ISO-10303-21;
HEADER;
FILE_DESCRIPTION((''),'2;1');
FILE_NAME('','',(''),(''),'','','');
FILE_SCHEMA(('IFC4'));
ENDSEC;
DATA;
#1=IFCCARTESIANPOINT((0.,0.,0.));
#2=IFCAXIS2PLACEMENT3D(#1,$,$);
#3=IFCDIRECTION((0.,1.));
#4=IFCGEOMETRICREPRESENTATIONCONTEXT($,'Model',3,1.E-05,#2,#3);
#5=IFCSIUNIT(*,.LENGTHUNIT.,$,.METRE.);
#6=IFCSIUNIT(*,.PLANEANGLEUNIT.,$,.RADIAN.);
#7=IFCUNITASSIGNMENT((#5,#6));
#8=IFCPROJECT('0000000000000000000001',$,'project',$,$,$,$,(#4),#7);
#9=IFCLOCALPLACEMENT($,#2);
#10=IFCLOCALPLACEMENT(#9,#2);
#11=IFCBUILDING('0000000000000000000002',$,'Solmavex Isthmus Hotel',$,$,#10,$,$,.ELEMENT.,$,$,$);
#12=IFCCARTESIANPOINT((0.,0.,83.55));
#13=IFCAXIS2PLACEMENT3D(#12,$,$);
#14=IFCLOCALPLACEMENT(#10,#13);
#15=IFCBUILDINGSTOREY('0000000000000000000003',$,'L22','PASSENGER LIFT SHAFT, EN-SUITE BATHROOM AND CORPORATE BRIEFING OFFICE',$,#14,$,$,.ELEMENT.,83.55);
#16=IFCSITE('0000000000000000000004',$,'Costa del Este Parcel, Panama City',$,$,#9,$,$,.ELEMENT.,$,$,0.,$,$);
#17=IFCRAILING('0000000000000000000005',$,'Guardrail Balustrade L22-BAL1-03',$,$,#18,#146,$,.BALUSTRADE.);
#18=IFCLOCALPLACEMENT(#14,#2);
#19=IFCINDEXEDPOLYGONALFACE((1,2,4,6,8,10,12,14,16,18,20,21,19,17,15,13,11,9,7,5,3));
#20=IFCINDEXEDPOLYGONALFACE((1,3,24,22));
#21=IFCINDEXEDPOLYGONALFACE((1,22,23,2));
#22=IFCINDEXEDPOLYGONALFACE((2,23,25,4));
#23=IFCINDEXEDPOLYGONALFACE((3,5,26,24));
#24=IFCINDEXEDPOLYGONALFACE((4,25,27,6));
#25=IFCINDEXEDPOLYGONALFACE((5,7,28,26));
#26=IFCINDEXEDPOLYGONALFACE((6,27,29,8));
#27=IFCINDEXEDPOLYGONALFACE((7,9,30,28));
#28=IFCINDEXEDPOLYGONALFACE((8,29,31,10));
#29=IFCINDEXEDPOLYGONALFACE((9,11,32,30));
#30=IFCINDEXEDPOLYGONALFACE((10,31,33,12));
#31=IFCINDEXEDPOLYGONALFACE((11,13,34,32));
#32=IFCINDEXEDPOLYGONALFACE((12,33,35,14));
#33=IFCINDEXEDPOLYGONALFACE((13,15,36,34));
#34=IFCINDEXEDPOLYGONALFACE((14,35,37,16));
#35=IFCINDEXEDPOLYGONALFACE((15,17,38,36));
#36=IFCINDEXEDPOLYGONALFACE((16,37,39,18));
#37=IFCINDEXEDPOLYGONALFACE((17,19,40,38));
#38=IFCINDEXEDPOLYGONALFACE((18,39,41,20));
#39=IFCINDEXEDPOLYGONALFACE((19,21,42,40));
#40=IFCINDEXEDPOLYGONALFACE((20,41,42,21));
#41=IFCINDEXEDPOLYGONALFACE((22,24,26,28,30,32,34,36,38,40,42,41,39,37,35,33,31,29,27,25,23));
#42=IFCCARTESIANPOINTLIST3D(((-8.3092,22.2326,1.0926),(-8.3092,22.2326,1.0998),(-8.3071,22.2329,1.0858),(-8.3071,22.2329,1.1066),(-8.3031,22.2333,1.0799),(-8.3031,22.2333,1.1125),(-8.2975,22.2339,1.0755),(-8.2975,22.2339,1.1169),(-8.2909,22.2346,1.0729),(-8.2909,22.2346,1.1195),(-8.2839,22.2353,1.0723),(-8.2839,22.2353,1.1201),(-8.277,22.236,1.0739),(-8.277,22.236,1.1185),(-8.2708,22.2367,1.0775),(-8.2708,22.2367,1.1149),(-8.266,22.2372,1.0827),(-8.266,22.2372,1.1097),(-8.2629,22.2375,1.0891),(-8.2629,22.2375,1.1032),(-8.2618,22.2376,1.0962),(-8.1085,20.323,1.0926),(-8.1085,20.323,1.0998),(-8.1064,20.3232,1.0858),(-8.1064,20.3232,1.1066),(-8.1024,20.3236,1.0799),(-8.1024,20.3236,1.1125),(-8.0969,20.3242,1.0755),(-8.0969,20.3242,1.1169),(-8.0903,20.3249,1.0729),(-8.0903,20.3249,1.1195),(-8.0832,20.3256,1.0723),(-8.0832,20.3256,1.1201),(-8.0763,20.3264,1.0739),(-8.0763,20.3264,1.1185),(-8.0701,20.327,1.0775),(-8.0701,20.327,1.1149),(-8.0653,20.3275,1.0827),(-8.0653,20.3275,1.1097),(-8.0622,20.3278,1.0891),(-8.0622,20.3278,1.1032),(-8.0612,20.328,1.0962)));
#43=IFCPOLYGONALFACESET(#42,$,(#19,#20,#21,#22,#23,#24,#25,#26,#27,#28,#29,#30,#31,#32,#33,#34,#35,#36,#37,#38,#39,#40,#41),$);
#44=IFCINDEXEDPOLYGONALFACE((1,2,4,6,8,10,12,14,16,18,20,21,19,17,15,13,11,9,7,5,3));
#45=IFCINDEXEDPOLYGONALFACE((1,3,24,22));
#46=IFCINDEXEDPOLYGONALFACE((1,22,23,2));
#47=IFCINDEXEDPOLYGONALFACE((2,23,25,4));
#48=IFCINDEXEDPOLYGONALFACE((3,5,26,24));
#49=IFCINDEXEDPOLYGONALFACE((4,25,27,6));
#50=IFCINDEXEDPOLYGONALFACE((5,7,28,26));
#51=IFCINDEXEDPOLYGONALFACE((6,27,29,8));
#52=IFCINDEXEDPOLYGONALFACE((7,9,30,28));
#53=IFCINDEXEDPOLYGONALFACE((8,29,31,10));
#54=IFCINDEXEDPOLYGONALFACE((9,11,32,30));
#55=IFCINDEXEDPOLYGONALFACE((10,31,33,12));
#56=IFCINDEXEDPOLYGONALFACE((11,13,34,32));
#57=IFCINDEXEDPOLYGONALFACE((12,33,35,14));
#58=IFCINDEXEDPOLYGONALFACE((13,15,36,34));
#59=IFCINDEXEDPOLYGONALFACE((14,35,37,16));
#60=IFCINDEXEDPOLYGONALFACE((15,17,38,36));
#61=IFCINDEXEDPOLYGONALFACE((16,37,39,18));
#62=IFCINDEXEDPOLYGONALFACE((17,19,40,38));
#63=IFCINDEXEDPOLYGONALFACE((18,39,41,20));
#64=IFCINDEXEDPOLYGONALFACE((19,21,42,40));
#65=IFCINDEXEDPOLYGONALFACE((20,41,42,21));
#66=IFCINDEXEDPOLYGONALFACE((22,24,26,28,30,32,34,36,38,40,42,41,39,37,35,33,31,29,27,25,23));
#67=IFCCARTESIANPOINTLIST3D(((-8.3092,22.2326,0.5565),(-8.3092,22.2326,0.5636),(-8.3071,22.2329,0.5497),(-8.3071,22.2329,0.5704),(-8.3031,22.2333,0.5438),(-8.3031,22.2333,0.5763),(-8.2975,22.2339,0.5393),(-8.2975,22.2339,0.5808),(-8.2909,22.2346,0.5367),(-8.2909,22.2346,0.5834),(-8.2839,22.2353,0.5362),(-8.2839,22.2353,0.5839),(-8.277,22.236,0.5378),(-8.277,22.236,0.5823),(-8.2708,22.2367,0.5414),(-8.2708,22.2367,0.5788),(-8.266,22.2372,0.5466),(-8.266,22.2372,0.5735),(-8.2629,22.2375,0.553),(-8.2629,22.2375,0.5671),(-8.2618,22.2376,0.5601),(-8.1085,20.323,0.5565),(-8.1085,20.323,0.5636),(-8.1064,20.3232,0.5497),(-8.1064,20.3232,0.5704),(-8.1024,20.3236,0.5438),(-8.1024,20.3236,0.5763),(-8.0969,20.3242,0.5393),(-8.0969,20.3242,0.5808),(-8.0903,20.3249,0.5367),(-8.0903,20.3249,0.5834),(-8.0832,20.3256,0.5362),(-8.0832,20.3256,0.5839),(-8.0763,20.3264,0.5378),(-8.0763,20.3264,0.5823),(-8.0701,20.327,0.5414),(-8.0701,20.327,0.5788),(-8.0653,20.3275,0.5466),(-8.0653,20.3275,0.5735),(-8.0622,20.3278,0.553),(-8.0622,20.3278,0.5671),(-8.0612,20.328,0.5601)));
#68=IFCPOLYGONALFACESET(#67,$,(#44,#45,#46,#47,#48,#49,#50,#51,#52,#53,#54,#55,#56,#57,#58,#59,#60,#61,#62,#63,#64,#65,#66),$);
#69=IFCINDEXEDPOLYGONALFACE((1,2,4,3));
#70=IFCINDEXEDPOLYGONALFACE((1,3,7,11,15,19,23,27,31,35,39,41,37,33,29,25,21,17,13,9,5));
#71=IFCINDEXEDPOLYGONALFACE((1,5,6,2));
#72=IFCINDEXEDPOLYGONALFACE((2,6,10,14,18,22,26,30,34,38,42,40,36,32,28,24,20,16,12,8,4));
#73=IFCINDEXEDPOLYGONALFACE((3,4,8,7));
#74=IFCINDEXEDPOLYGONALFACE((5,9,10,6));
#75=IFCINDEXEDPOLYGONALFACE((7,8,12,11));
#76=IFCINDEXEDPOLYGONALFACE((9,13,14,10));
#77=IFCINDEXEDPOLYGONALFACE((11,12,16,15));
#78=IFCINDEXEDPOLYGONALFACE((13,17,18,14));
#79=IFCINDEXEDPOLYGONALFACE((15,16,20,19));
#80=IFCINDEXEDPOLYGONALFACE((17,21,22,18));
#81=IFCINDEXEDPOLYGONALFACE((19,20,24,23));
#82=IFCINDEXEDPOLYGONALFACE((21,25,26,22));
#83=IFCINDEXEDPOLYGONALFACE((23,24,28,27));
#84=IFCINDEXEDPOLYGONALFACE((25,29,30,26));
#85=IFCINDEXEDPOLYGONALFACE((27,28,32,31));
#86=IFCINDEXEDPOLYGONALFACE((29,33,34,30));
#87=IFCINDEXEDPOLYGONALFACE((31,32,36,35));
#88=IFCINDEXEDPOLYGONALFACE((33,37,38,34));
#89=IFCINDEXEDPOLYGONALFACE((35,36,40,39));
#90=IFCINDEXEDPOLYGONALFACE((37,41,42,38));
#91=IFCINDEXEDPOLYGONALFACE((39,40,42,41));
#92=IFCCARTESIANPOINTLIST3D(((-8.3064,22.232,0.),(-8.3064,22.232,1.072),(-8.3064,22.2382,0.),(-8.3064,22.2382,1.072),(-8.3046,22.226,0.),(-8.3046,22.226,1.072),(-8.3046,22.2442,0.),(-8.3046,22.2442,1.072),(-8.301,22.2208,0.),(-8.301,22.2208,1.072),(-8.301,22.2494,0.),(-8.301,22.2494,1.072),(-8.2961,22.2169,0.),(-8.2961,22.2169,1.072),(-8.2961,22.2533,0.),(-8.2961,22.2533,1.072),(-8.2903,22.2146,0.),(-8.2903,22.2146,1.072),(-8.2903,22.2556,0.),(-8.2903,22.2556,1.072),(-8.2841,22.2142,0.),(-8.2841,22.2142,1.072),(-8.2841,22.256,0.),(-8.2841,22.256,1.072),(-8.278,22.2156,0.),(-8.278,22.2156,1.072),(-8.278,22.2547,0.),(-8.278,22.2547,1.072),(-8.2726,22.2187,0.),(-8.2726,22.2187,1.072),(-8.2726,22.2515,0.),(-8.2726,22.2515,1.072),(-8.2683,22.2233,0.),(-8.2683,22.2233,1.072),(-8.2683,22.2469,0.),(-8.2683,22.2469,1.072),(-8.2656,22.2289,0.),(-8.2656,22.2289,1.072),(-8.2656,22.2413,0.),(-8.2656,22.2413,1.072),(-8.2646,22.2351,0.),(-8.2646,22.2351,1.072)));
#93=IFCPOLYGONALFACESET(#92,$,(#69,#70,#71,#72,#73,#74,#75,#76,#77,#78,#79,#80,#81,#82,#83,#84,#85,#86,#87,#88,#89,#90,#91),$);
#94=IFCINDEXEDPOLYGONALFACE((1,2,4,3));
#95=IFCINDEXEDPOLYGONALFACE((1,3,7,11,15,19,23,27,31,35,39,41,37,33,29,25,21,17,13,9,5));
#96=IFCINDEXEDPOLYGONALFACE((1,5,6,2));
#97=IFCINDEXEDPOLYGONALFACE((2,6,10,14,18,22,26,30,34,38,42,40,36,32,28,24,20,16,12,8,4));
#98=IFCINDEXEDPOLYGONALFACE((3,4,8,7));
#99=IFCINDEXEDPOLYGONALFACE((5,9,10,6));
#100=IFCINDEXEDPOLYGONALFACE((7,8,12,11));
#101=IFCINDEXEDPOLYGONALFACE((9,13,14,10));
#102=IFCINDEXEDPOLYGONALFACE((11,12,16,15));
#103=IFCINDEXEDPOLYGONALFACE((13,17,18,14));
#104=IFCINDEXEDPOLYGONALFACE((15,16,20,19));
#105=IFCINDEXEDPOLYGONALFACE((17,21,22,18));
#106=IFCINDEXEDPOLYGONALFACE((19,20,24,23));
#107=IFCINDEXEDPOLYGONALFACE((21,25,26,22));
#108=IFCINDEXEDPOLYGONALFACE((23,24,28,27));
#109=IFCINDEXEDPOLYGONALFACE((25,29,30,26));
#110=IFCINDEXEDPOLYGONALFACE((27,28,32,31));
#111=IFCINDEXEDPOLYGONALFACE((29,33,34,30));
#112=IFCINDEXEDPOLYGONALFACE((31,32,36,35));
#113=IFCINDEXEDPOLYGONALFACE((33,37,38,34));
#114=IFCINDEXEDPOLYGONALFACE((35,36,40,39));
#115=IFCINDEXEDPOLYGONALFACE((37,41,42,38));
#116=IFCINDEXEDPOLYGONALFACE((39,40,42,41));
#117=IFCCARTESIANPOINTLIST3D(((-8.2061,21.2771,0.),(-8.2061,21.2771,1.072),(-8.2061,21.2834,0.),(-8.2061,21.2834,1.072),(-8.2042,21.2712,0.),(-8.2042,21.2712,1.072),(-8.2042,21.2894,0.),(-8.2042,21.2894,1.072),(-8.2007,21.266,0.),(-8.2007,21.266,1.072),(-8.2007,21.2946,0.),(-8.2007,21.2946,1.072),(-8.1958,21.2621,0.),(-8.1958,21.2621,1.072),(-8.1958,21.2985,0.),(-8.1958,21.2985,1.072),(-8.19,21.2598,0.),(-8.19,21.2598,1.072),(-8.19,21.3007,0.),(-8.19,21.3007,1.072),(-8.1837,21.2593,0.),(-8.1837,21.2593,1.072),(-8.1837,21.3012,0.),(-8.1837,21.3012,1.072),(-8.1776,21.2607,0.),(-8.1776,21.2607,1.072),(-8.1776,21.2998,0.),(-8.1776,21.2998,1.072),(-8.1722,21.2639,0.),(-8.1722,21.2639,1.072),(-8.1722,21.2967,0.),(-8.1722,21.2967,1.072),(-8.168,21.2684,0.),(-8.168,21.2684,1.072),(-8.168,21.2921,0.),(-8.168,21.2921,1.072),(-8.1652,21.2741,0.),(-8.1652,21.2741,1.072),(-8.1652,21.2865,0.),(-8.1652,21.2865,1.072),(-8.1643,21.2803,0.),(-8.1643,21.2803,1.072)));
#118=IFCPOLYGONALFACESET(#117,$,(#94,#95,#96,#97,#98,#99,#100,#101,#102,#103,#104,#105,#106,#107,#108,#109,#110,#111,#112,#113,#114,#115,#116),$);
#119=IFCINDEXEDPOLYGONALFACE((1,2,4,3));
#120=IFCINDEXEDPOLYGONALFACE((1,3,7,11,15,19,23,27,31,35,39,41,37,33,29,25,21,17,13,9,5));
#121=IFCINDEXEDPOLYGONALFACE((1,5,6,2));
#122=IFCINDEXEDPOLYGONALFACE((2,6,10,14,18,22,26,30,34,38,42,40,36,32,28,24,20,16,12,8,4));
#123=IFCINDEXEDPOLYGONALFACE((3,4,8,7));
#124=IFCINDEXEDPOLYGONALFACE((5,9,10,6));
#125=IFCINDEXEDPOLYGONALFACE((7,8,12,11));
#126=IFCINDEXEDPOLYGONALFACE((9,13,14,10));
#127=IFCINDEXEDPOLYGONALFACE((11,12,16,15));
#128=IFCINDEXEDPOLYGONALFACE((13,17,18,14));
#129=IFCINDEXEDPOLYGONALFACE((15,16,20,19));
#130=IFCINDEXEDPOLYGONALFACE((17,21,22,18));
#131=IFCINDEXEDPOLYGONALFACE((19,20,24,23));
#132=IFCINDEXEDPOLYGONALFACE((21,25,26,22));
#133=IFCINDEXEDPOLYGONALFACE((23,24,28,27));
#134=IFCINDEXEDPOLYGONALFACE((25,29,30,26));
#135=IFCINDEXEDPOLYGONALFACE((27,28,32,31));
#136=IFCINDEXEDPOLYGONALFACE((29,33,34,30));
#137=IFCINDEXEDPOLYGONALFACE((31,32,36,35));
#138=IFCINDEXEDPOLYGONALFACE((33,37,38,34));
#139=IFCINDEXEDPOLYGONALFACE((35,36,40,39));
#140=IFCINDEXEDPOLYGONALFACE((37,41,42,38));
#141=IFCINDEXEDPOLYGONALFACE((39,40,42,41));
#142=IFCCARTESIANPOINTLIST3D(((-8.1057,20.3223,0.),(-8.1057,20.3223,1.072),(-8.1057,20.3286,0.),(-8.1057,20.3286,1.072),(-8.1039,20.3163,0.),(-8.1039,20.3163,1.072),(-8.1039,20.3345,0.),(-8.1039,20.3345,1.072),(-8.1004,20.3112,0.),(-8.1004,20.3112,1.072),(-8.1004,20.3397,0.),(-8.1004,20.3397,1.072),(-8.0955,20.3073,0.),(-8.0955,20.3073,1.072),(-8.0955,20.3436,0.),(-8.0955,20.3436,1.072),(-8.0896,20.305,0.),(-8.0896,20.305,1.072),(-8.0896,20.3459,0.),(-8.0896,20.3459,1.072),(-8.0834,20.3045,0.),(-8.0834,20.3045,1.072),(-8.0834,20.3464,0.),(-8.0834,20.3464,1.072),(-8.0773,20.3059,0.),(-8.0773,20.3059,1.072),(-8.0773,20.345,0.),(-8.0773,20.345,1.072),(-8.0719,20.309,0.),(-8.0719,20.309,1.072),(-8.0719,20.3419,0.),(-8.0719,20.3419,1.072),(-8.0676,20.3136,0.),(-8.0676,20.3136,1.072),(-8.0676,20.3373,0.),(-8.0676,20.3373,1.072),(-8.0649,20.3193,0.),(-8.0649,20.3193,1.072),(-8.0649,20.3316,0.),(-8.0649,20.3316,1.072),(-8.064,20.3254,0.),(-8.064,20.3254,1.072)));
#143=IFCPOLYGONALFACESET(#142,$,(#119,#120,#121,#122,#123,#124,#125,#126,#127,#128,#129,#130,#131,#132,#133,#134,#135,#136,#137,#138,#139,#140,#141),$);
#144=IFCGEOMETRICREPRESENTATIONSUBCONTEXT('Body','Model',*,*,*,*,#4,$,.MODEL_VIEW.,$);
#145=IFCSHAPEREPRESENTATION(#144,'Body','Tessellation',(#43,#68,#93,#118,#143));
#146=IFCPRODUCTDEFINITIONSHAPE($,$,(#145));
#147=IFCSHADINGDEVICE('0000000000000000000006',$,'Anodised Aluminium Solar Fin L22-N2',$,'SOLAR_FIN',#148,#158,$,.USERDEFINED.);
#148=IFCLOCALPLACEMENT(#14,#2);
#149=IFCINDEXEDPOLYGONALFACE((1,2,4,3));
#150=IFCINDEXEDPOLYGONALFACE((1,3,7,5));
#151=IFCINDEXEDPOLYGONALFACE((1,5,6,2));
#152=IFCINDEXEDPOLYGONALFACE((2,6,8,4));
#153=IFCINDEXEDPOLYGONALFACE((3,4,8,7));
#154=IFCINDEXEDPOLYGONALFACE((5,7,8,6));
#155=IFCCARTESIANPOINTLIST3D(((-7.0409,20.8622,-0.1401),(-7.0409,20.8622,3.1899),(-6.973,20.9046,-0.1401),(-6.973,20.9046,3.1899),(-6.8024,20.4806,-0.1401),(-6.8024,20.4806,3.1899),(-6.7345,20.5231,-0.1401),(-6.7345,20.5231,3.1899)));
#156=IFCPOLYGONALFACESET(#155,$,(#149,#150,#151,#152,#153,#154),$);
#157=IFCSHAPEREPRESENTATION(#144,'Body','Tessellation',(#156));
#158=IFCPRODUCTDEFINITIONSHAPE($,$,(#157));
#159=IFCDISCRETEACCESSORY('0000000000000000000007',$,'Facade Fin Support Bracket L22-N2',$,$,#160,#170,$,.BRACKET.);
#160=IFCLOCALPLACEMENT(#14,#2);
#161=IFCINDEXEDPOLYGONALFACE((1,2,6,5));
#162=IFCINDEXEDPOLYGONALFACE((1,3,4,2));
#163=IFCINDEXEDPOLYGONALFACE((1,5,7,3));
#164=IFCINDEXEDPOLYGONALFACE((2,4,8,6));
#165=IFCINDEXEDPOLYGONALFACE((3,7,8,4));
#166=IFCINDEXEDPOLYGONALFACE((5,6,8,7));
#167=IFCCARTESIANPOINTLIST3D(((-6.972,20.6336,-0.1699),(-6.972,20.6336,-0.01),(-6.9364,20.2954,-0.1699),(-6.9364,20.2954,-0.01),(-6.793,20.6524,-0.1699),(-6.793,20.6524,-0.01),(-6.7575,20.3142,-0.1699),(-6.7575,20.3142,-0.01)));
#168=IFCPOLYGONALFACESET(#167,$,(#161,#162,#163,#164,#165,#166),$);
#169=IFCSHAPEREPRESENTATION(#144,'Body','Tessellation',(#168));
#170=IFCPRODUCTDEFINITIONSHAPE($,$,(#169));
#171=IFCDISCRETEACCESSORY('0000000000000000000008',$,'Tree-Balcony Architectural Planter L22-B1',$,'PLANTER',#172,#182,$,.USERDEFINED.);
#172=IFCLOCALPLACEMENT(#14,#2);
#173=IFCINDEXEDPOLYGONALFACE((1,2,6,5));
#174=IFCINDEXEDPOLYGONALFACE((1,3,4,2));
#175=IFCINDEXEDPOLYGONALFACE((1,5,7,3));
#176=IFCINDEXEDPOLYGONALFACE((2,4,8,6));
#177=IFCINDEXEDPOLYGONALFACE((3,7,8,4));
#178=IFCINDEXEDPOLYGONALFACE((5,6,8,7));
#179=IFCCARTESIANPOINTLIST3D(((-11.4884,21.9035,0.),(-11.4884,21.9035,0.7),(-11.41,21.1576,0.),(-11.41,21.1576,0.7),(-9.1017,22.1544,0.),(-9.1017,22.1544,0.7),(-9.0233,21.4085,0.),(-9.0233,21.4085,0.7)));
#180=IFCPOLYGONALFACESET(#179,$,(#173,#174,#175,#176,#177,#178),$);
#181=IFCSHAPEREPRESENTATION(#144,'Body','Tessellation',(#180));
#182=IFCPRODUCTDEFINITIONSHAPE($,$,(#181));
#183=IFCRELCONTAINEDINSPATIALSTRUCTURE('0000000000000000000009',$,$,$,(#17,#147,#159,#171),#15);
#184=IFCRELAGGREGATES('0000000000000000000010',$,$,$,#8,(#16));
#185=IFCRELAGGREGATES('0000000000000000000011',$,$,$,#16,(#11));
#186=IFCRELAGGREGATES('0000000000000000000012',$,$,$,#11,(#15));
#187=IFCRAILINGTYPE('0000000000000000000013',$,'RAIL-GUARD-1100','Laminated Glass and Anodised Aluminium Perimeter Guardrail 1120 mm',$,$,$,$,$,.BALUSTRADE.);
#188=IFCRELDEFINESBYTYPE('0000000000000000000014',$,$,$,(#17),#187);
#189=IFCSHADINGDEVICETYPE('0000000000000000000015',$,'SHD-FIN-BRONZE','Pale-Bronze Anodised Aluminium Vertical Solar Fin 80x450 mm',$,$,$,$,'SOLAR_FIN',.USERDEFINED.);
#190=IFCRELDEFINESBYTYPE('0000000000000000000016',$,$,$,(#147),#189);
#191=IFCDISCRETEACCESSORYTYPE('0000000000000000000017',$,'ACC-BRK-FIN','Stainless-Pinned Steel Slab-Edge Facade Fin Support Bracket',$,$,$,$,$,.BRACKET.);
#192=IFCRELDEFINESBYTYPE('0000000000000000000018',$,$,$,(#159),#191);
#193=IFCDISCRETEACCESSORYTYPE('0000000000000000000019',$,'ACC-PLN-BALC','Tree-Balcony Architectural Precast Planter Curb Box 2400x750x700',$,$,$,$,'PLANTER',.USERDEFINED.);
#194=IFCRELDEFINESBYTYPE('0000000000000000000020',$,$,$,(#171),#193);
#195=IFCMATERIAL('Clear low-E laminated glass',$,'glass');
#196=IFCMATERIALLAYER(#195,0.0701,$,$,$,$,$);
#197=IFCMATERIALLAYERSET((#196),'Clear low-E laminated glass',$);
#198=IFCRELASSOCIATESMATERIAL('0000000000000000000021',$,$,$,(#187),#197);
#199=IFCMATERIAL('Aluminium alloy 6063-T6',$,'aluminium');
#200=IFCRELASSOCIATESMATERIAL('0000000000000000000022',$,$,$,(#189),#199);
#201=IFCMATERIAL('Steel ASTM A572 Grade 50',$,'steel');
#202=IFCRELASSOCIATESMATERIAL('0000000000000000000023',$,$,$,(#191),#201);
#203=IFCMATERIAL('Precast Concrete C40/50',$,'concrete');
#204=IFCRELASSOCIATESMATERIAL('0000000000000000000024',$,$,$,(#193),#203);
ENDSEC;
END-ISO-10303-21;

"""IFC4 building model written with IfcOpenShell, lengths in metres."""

from ifc_helpers import new_model, si_unit, direction, frame, origin, origin_2d, place, context, subcontext, project, spatial, rectangle, circle, extrude, material, layer, layer_set, type_object, element, save


model = new_model("IFC4")

# Units and contexts
model_context = context("Model", 3, precision=1e-05, world=origin(), true_north=direction((0.0, 1.0)))
body_context = subcontext(model_context, "Body", "Model", "MODEL_VIEW")
ifc_project = project(units=[si_unit("LENGTHUNIT", "METRE"), si_unit("PLANEANGLEUNIT", "RADIAN")], contexts=[model_context])

# Site, building, storey
site_placement = place(None, origin())
site = spatial("IfcSite", under=ifc_project, at=site_placement, Name="Costa del Este Parcel, Panama City", CompositionType="ELEMENT", RefElevation=0.0)
building_placement = place(site_placement, origin())
building = spatial("IfcBuilding", under=site, at=building_placement, Name="Solmavex Isthmus Hotel", CompositionType="ELEMENT")
storey_placement = place(building_placement, frame((0.0, 0.0, 83.55)))
storey = spatial("IfcBuildingStorey", under=building, at=storey_placement, Name="L22", Description="PASSENGER LIFT SHAFT, EN-SUITE BATHROOM AND CORPORATE BRIEFING OFFICE", CompositionType="ELEMENT", Elevation=83.55)

# Shared definitions
ifc_material_1 = material(Name="Aluminium alloy 6063-T6", Category="aluminium")

# Shared definitions
ifc_material_2 = material(Name="Clear low-E laminated glass", Category="glass")

# Shared definitions
ifc_material_3 = material(Name="Precast Concrete C40/50", Category="concrete")

# Railing
ifc_layer_1 = layer(ifc_material_2, 0.0701)
ifc_layer_set_1 = layer_set([ifc_layer_1], Name="Clear low-E laminated glass")
railing_type = type_object("IfcRailingType", Name="RAIL-GUARD-1100", Description="Laminated Glass and Anodised Aluminium Perimeter Guardrail 1120 mm", PredefinedType="BALUSTRADE", material=ifc_layer_set_1)
railing_1_placement = place(storey_placement, frame((-8.2856, 22.2351, 0.0)))
element("IfcRailing", 1, at=railing_1_placement, inside=storey, type_object=railing_type, Name="Guardrail Balustrade L22-BAL1-03", PredefinedType="BALUSTRADE", context=body_context, shape_type="SweptSolid", body=[
    extrude(circle(Radius=0.0239, at=origin_2d()), frame((0.0, 0.0, 1.0962), z_axis=(0.104513, -0.994524, 0.0), x_axis=(0.994524, 0.104513, 0.0)), (0.0, 0.0, 1.0), 1.9202),
    extrude(circle(Radius=0.0239, at=origin_2d()), frame((0.0, 0.0, 0.5601), z_axis=(0.104513, -0.994524, 0.0), x_axis=(0.994524, 0.104513, 0.0)), (0.0, 0.0, 1.0), 1.9202),
    extrude(circle(Radius=0.021, at=origin_2d()), origin(), (0.0, 0.0, 1.0), 1.072),
    extrude(circle(Radius=0.021, at=origin_2d()), frame((0.1003, -0.9548, 0.0)), (0.0, 0.0, 1.0), 1.072),
    extrude(circle(Radius=0.021, at=origin_2d()), frame((0.2007, -1.9097, 0.0)), (0.0, 0.0, 1.0), 1.072),
])

# Shading device
shading_device_type = type_object("IfcShadingDeviceType", Name="SHD-FIN-BRONZE", Description="Pale-Bronze Anodised Aluminium Vertical Solar Fin 80x450 mm", ElementType="SOLAR_FIN", PredefinedType="USERDEFINED", material=ifc_material_1)
shading_device_placement = place(storey_placement, frame((-6.8877, 20.6926, -0.1401), z_axis=(0.0, 0.0, 1.0), x_axis=(-0.529919, 0.848048, 0.0)))
element("IfcShadingDevice", 2, at=shading_device_placement, inside=storey, type_object=shading_device_type, Name="Anodised Aluminium Solar Fin L22-N2", ObjectType="SOLAR_FIN", PredefinedType="USERDEFINED", context=body_context, shape_type="SweptSolid", body=[
    extrude(rectangle(XDim=0.45, YDim=0.0801, at=origin_2d()), origin(), (0.0, 0.0, 1.0), 3.3301),
])

# Discrete accessories
ifc_material_4 = material(Name="Steel ASTM A572 Grade 50", Category="steel")
discrete_accessory_type_1 = type_object("IfcDiscreteAccessoryType", Name="ACC-BRK-FIN", Description="Stainless-Pinned Steel Slab-Edge Facade Fin Support Bracket", PredefinedType="BRACKET", material=ifc_material_4)
discrete_accessory_1_placement = place(storey_placement, frame((-6.8647, 20.4739, -0.1699), z_axis=(0.0, 0.0, 1.0), x_axis=(-0.104528, 0.994522, 0.0)))
element("IfcDiscreteAccessory", 3, at=discrete_accessory_1_placement, inside=storey, type_object=discrete_accessory_type_1, Name="Facade Fin Support Bracket L22-N2", PredefinedType="BRACKET", context=body_context, shape_type="SweptSolid", body=[
    extrude(rectangle(XDim=0.3401, YDim=0.1799, at=origin_2d()), origin(), (0.0, 0.0, 1.0), 0.1599),
])
discrete_accessory_type_2 = type_object("IfcDiscreteAccessoryType", Name="ACC-PLN-BALC", Description="Tree-Balcony Architectural Precast Planter Curb Box 2400x750x700", ElementType="PLANTER", PredefinedType="USERDEFINED", material=ifc_material_3)
discrete_accessory_2_placement = place(storey_placement, frame((-10.2559, 21.656, 0.0), z_axis=(0.0, 0.0, 1.0), x_axis=(0.994522, 0.104528, 0.0)))
element("IfcDiscreteAccessory", 4, at=discrete_accessory_2_placement, inside=storey, type_object=discrete_accessory_type_2, Name="Tree-Balcony Architectural Planter L22-B1", ObjectType="PLANTER", PredefinedType="USERDEFINED", context=body_context, shape_type="SweptSolid", body=[
    extrude(rectangle(XDim=2.3999, YDim=0.75, at=origin_2d()), origin(), (0.0, 0.0, 1.0), 0.7),
])

save(model, "model.ifc")
